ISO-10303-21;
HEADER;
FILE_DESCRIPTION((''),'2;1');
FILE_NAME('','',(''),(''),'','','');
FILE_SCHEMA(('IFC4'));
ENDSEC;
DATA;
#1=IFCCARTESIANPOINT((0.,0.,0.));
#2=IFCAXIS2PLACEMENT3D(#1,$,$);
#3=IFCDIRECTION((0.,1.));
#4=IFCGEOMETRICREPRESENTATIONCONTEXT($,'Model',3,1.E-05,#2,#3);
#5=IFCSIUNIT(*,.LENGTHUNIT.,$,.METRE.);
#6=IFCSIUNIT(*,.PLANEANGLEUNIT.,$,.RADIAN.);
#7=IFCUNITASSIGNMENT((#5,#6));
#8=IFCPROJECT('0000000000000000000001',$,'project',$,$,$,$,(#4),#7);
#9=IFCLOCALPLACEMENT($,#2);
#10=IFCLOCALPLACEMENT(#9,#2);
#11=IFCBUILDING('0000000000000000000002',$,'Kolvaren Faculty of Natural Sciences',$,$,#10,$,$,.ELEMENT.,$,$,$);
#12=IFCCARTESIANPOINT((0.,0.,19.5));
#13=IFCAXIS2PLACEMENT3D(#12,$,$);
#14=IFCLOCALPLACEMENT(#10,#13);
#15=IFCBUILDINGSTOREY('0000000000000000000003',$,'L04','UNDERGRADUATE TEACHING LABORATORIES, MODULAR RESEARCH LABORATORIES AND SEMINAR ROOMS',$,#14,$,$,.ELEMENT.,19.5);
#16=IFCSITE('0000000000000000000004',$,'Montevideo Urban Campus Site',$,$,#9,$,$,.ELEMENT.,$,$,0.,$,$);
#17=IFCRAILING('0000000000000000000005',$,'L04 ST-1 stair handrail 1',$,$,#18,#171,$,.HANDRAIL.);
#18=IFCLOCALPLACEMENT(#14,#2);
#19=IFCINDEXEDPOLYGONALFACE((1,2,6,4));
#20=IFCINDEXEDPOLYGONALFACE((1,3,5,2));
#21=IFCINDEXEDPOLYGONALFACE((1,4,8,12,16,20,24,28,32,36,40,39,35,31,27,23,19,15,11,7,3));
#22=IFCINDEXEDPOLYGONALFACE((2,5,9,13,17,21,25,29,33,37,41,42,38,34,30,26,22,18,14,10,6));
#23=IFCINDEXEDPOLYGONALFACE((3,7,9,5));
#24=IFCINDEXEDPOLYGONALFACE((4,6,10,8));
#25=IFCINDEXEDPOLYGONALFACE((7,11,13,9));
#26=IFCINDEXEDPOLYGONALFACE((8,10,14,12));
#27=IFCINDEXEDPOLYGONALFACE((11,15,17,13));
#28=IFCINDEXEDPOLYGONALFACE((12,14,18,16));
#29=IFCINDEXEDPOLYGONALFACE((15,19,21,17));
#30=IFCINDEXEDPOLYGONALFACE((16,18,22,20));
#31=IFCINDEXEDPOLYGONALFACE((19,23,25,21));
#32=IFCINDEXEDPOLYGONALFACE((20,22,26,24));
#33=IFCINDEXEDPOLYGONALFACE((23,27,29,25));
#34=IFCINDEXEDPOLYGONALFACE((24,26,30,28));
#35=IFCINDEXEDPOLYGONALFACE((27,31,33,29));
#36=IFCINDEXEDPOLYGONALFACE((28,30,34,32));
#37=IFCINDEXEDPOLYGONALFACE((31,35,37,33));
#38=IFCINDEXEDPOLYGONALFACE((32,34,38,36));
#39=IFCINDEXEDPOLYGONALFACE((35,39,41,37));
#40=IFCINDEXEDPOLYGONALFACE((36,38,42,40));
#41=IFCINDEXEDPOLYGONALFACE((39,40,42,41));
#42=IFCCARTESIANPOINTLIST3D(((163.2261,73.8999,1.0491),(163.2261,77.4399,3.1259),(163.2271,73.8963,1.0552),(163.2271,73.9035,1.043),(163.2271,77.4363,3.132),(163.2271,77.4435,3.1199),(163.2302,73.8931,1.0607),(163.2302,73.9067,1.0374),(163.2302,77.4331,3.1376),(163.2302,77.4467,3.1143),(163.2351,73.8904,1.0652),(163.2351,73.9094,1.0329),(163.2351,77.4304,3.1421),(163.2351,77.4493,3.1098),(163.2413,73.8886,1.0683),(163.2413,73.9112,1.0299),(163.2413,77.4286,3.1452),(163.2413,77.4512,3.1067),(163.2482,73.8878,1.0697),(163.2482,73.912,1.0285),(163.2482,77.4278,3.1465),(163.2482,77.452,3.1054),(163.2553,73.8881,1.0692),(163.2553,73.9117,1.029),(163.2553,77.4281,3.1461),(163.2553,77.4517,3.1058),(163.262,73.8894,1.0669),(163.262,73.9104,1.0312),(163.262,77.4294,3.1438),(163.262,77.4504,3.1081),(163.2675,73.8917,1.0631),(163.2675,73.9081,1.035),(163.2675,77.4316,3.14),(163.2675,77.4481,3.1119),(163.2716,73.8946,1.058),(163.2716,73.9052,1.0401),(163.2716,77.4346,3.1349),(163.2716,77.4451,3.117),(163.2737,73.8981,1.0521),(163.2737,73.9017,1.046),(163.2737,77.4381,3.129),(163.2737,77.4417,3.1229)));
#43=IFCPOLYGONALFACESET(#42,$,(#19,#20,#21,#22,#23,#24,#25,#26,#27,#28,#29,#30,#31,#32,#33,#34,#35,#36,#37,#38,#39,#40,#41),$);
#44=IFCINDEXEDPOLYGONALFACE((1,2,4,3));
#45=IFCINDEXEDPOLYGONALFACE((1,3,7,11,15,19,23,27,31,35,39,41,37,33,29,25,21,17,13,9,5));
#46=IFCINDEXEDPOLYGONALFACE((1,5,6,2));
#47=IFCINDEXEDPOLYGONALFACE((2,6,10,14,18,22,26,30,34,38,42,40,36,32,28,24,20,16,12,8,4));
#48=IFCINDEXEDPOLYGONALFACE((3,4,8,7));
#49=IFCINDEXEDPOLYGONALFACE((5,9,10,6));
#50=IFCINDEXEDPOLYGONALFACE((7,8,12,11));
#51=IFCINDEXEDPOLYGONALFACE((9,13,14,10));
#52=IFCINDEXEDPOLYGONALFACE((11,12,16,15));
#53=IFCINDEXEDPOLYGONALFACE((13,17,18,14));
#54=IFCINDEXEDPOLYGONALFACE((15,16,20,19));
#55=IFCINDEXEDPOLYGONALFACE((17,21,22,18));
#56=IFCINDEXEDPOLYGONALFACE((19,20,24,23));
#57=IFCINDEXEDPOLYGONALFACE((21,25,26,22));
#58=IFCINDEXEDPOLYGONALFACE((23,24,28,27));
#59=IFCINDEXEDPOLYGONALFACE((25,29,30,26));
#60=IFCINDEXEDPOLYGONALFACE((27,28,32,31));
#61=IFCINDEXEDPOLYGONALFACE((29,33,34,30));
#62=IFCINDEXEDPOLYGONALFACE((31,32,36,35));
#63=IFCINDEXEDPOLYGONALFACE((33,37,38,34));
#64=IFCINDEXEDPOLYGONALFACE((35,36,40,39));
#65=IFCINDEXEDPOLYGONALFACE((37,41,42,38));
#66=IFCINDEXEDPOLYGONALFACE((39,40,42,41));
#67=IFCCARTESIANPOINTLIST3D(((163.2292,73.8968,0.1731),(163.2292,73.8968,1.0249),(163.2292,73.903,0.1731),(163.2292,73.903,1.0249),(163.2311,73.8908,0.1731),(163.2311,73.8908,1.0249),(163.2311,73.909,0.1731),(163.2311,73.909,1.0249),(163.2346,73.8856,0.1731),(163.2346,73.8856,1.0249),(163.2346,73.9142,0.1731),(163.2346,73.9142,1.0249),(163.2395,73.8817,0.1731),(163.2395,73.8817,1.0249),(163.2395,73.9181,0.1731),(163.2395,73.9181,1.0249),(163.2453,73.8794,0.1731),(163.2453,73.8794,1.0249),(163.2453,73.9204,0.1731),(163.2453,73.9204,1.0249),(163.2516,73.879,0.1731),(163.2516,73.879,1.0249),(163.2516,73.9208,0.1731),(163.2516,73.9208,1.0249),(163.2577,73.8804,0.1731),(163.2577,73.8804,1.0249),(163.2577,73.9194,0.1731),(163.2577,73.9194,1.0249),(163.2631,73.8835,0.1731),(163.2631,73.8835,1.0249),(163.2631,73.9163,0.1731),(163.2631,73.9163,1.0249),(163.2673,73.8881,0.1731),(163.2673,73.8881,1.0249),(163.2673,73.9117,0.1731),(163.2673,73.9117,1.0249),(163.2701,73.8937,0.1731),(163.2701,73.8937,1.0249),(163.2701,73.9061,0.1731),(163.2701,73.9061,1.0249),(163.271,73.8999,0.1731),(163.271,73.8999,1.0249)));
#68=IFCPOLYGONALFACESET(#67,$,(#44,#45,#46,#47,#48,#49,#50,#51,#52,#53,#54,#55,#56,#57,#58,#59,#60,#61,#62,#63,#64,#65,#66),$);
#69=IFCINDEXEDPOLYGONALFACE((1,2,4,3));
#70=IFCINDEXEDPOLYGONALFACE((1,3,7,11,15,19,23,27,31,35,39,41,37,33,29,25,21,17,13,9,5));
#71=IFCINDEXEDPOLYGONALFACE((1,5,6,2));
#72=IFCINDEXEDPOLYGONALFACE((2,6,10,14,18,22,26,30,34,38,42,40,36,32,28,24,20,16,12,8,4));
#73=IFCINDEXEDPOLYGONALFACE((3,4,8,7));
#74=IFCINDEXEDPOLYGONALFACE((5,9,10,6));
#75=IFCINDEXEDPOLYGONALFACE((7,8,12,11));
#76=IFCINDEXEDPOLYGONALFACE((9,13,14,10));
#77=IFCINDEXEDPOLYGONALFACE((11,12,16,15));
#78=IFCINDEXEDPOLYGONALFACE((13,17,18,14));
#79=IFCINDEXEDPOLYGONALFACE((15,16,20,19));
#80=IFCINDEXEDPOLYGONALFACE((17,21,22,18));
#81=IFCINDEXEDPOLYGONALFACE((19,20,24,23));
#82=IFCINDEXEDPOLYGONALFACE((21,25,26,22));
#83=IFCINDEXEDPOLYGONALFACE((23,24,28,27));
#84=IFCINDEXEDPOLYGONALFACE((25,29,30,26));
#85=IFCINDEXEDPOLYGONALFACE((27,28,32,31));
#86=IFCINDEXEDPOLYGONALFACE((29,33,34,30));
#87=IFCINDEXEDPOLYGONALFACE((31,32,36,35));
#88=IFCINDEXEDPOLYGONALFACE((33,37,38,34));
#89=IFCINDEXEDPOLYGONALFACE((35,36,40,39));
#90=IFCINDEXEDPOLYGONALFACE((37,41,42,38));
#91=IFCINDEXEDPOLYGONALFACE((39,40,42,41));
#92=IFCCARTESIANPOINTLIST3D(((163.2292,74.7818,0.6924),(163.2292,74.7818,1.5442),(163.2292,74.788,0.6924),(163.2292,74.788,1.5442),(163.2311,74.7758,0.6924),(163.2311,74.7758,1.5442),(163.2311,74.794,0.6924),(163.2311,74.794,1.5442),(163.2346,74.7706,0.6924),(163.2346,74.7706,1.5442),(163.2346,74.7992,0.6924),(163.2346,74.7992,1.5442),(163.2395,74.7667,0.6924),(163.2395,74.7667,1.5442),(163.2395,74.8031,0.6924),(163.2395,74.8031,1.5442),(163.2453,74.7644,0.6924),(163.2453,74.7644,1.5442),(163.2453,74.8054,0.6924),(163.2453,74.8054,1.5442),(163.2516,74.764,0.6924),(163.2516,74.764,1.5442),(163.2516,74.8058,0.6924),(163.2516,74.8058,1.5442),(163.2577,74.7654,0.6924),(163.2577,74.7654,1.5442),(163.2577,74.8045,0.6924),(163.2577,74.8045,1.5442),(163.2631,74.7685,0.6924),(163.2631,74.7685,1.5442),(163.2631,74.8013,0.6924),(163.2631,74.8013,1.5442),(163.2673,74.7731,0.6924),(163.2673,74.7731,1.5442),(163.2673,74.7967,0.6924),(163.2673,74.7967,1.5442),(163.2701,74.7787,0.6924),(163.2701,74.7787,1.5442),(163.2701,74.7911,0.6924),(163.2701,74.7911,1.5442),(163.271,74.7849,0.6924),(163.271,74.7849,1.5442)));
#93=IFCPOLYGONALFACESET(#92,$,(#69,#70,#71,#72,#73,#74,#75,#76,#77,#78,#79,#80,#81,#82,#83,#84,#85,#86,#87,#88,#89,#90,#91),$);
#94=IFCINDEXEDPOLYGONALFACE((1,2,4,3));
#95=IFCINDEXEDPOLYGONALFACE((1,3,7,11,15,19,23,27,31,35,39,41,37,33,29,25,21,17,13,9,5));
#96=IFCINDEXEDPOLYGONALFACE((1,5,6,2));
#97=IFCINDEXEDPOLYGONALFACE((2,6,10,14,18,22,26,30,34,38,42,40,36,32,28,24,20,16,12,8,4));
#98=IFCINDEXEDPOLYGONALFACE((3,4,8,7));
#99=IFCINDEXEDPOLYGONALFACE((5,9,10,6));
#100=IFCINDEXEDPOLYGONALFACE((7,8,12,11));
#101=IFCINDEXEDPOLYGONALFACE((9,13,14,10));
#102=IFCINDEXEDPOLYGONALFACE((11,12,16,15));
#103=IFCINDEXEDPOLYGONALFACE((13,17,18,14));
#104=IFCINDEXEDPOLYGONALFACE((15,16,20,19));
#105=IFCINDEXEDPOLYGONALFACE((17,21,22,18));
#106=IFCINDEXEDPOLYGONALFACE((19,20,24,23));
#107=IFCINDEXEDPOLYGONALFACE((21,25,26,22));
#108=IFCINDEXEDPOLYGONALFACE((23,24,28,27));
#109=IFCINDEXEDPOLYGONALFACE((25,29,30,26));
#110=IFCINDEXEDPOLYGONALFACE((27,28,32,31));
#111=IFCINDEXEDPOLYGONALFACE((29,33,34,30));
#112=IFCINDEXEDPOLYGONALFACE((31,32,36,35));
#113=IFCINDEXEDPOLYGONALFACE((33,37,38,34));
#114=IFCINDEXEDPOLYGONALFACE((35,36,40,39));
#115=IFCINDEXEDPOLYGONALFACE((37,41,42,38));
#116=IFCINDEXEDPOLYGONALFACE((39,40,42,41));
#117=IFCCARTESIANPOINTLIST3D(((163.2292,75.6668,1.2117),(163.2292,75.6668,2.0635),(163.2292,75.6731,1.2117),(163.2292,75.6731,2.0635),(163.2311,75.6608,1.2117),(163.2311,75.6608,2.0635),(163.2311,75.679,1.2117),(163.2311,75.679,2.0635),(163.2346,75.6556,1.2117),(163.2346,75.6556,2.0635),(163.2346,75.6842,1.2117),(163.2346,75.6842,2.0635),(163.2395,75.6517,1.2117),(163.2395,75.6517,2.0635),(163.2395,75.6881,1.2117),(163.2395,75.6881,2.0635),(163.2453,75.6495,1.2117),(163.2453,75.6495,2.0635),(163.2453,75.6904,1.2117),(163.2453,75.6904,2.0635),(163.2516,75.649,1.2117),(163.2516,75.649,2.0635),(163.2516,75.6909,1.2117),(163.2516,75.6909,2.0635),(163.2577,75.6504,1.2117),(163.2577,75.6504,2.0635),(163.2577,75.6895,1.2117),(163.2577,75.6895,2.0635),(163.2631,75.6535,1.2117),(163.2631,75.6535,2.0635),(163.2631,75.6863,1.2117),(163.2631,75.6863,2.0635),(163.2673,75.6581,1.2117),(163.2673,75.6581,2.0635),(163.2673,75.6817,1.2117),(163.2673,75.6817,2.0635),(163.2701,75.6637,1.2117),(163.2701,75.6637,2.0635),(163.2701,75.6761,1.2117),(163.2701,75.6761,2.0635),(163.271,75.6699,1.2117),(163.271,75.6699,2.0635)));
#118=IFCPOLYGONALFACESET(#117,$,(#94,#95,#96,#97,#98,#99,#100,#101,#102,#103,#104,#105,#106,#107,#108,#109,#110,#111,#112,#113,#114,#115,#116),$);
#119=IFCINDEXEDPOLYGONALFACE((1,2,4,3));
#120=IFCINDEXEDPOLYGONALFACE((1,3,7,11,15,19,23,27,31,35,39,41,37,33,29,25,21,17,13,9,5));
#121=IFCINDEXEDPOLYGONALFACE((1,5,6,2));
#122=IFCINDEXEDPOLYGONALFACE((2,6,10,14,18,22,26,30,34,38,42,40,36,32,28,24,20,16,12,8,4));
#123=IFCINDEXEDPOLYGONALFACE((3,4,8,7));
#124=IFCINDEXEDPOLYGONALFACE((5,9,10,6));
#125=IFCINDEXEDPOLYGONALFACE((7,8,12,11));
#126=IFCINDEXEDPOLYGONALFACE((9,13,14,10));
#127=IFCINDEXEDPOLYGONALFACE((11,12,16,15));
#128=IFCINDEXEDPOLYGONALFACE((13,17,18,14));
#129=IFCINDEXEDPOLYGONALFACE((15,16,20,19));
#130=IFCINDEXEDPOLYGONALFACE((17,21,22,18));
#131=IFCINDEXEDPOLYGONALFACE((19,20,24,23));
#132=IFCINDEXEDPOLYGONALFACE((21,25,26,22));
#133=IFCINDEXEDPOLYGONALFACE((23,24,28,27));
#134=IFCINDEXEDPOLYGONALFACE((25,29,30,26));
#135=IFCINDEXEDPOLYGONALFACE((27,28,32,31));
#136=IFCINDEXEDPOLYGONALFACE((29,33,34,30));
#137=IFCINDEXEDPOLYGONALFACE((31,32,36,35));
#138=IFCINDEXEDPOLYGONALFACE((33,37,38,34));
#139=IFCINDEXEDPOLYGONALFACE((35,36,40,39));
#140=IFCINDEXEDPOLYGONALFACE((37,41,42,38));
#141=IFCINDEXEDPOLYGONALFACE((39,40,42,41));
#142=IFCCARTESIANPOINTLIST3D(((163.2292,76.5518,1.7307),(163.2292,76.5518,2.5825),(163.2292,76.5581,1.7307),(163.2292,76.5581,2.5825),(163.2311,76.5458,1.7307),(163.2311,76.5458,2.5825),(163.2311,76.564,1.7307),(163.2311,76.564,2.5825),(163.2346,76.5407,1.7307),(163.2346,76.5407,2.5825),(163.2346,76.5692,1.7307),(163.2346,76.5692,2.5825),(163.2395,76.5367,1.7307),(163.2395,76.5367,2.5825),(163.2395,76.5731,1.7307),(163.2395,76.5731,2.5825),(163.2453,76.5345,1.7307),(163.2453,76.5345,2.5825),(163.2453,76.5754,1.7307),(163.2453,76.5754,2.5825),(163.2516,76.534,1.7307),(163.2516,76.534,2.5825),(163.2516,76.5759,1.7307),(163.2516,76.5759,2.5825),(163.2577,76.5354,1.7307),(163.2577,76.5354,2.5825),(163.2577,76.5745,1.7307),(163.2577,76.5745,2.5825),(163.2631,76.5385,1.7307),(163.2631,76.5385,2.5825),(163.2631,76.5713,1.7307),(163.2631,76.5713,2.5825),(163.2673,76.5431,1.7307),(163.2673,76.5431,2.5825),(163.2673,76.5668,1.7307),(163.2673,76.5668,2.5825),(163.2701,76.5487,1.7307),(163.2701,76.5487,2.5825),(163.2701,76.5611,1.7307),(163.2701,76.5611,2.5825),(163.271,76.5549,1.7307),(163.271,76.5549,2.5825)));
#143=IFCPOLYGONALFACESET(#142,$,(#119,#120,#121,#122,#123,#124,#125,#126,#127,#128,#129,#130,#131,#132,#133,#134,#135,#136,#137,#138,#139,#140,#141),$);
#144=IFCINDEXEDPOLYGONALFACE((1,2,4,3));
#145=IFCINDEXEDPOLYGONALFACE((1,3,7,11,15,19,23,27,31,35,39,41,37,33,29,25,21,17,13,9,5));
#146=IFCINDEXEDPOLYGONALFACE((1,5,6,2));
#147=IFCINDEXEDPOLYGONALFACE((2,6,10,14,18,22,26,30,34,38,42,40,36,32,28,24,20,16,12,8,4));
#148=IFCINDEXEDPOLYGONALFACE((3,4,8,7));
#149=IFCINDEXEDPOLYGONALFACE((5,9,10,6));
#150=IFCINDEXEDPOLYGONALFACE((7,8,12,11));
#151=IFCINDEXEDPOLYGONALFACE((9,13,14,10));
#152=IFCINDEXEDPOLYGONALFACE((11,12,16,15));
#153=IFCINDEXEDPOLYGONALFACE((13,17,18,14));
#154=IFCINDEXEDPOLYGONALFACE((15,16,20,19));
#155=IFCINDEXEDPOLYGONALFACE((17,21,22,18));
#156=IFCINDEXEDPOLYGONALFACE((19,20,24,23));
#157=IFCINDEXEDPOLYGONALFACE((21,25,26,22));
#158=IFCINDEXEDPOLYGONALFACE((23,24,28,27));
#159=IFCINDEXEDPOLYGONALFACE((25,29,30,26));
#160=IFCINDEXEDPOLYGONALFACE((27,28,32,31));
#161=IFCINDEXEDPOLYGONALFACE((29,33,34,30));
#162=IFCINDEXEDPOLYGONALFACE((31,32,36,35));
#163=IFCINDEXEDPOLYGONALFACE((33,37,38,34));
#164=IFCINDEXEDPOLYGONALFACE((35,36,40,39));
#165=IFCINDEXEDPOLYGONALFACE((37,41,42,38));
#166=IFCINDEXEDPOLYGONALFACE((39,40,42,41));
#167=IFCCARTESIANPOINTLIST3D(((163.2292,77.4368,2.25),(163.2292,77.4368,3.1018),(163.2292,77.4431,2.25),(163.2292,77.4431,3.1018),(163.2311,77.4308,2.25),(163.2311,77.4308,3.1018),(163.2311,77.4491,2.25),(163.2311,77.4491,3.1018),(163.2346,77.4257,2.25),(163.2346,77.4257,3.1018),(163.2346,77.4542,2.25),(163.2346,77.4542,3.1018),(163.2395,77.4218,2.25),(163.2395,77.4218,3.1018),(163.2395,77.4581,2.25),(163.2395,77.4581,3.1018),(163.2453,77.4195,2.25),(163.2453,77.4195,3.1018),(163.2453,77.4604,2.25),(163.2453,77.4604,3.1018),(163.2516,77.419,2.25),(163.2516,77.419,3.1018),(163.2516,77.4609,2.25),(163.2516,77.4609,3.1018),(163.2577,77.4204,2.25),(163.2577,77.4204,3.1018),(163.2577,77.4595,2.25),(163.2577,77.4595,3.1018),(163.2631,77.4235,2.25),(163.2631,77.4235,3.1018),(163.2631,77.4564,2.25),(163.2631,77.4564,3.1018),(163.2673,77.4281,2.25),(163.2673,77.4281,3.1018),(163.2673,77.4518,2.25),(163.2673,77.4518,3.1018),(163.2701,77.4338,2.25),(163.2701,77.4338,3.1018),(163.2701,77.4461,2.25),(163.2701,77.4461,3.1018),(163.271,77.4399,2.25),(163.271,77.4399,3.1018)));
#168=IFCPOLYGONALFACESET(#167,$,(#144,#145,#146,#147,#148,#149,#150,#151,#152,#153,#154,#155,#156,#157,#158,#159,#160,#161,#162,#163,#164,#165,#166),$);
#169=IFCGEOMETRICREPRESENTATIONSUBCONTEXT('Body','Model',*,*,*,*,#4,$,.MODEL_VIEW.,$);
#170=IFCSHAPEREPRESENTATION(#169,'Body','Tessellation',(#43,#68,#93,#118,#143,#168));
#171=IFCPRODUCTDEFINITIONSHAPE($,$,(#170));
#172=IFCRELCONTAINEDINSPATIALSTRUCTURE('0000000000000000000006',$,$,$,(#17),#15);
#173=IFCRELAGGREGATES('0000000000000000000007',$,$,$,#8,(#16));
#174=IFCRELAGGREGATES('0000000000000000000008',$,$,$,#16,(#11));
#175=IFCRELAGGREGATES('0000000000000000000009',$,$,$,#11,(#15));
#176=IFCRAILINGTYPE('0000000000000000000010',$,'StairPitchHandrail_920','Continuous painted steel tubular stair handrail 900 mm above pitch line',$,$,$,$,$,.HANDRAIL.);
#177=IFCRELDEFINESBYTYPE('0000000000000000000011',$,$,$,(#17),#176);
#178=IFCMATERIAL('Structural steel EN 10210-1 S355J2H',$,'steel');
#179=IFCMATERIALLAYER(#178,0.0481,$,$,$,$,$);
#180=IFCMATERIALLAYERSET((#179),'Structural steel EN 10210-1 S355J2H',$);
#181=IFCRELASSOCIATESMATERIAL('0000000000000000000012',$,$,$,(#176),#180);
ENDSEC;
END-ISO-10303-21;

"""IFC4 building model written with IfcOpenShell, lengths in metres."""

from ifc_helpers import new_model, si_unit, direction, frame, origin, origin_2d, place, context, subcontext, project, spatial, circle, extrude, material, layer, layer_set, type_object, element, save


model = new_model("IFC4")

# Units and contexts
model_context = context("Model", 3, precision=1e-05, world=origin(), true_north=direction((0.0, 1.0)))
body_context = subcontext(model_context, "Body", "Model", "MODEL_VIEW")
ifc_project = project(units=[si_unit("LENGTHUNIT", "METRE"), si_unit("PLANEANGLEUNIT", "RADIAN")], contexts=[model_context])

# Site, building, storey
site_placement = place(None, origin())
site = spatial("IfcSite", under=ifc_project, at=site_placement, Name="Montevideo Urban Campus Site", CompositionType="ELEMENT", RefElevation=0.0)
building_placement = place(site_placement, origin())
building = spatial("IfcBuilding", under=site, at=building_placement, Name="Kolvaren Faculty of Natural Sciences", CompositionType="ELEMENT")
storey_placement = place(building_placement, frame((0.0, 0.0, 19.5)))
storey = spatial("IfcBuildingStorey", under=building, at=storey_placement, Name="L04", Description="UNDERGRADUATE TEACHING LABORATORIES, MODULAR RESEARCH LABORATORIES AND SEMINAR ROOMS", CompositionType="ELEMENT", Elevation=19.5)

# Railing
ifc_material_1 = material(Name="Structural steel EN 10210-1 S355J2H", Category="steel")
ifc_layer_1 = layer(ifc_material_1, 0.0481)
ifc_layer_set_1 = layer_set([ifc_layer_1], Name="Structural steel EN 10210-1 S355J2H")
railing_type_1 = type_object("IfcRailingType", Name="StairPitchHandrail_920", Description="Continuous painted steel tubular stair handrail 900 mm above pitch line", PredefinedType="HANDRAIL", material=ifc_layer_set_1)
railing_1_placement = place(storey_placement, frame((163.25, 73.8999, 0.1731)))
element("IfcRailing", 1, at=railing_1_placement, inside=storey, type_object=railing_type_1, Name="L04 ST-1 stair handrail 1", PredefinedType="HANDRAIL", context=body_context, shape_type="SweptSolid", body=[
    extrude(circle(Radius=0.0239, at=origin_2d()), frame((0.0, 0.0, 0.876), z_axis=(0.0, 0.862516, 0.506029), x_axis=(-1.0, 0.0, 0.0)), (0.0, 0.0, 1.0), 4.1042),
    extrude(circle(Radius=0.021, at=origin_2d()), origin(), (0.0, 0.0, 1.0), 0.8518),
    extrude(circle(Radius=0.021, at=origin_2d()), frame((0.0, 0.885, 0.5193)), (0.0, 0.0, 1.0), 0.8518),
    extrude(circle(Radius=0.021, at=origin_2d()), frame((0.0, 1.77, 1.0386)), (0.0, 0.0, 1.0), 0.8518),
    extrude(circle(Radius=0.021, at=origin_2d()), frame((0.0, 2.655, 1.5576)), (0.0, 0.0, 1.0), 0.8518),
    extrude(circle(Radius=0.021, at=origin_2d()), frame((0.0, 3.54, 2.0769)), (0.0, 0.0, 1.0), 0.8518),
])

save(model, "model.ifc")
